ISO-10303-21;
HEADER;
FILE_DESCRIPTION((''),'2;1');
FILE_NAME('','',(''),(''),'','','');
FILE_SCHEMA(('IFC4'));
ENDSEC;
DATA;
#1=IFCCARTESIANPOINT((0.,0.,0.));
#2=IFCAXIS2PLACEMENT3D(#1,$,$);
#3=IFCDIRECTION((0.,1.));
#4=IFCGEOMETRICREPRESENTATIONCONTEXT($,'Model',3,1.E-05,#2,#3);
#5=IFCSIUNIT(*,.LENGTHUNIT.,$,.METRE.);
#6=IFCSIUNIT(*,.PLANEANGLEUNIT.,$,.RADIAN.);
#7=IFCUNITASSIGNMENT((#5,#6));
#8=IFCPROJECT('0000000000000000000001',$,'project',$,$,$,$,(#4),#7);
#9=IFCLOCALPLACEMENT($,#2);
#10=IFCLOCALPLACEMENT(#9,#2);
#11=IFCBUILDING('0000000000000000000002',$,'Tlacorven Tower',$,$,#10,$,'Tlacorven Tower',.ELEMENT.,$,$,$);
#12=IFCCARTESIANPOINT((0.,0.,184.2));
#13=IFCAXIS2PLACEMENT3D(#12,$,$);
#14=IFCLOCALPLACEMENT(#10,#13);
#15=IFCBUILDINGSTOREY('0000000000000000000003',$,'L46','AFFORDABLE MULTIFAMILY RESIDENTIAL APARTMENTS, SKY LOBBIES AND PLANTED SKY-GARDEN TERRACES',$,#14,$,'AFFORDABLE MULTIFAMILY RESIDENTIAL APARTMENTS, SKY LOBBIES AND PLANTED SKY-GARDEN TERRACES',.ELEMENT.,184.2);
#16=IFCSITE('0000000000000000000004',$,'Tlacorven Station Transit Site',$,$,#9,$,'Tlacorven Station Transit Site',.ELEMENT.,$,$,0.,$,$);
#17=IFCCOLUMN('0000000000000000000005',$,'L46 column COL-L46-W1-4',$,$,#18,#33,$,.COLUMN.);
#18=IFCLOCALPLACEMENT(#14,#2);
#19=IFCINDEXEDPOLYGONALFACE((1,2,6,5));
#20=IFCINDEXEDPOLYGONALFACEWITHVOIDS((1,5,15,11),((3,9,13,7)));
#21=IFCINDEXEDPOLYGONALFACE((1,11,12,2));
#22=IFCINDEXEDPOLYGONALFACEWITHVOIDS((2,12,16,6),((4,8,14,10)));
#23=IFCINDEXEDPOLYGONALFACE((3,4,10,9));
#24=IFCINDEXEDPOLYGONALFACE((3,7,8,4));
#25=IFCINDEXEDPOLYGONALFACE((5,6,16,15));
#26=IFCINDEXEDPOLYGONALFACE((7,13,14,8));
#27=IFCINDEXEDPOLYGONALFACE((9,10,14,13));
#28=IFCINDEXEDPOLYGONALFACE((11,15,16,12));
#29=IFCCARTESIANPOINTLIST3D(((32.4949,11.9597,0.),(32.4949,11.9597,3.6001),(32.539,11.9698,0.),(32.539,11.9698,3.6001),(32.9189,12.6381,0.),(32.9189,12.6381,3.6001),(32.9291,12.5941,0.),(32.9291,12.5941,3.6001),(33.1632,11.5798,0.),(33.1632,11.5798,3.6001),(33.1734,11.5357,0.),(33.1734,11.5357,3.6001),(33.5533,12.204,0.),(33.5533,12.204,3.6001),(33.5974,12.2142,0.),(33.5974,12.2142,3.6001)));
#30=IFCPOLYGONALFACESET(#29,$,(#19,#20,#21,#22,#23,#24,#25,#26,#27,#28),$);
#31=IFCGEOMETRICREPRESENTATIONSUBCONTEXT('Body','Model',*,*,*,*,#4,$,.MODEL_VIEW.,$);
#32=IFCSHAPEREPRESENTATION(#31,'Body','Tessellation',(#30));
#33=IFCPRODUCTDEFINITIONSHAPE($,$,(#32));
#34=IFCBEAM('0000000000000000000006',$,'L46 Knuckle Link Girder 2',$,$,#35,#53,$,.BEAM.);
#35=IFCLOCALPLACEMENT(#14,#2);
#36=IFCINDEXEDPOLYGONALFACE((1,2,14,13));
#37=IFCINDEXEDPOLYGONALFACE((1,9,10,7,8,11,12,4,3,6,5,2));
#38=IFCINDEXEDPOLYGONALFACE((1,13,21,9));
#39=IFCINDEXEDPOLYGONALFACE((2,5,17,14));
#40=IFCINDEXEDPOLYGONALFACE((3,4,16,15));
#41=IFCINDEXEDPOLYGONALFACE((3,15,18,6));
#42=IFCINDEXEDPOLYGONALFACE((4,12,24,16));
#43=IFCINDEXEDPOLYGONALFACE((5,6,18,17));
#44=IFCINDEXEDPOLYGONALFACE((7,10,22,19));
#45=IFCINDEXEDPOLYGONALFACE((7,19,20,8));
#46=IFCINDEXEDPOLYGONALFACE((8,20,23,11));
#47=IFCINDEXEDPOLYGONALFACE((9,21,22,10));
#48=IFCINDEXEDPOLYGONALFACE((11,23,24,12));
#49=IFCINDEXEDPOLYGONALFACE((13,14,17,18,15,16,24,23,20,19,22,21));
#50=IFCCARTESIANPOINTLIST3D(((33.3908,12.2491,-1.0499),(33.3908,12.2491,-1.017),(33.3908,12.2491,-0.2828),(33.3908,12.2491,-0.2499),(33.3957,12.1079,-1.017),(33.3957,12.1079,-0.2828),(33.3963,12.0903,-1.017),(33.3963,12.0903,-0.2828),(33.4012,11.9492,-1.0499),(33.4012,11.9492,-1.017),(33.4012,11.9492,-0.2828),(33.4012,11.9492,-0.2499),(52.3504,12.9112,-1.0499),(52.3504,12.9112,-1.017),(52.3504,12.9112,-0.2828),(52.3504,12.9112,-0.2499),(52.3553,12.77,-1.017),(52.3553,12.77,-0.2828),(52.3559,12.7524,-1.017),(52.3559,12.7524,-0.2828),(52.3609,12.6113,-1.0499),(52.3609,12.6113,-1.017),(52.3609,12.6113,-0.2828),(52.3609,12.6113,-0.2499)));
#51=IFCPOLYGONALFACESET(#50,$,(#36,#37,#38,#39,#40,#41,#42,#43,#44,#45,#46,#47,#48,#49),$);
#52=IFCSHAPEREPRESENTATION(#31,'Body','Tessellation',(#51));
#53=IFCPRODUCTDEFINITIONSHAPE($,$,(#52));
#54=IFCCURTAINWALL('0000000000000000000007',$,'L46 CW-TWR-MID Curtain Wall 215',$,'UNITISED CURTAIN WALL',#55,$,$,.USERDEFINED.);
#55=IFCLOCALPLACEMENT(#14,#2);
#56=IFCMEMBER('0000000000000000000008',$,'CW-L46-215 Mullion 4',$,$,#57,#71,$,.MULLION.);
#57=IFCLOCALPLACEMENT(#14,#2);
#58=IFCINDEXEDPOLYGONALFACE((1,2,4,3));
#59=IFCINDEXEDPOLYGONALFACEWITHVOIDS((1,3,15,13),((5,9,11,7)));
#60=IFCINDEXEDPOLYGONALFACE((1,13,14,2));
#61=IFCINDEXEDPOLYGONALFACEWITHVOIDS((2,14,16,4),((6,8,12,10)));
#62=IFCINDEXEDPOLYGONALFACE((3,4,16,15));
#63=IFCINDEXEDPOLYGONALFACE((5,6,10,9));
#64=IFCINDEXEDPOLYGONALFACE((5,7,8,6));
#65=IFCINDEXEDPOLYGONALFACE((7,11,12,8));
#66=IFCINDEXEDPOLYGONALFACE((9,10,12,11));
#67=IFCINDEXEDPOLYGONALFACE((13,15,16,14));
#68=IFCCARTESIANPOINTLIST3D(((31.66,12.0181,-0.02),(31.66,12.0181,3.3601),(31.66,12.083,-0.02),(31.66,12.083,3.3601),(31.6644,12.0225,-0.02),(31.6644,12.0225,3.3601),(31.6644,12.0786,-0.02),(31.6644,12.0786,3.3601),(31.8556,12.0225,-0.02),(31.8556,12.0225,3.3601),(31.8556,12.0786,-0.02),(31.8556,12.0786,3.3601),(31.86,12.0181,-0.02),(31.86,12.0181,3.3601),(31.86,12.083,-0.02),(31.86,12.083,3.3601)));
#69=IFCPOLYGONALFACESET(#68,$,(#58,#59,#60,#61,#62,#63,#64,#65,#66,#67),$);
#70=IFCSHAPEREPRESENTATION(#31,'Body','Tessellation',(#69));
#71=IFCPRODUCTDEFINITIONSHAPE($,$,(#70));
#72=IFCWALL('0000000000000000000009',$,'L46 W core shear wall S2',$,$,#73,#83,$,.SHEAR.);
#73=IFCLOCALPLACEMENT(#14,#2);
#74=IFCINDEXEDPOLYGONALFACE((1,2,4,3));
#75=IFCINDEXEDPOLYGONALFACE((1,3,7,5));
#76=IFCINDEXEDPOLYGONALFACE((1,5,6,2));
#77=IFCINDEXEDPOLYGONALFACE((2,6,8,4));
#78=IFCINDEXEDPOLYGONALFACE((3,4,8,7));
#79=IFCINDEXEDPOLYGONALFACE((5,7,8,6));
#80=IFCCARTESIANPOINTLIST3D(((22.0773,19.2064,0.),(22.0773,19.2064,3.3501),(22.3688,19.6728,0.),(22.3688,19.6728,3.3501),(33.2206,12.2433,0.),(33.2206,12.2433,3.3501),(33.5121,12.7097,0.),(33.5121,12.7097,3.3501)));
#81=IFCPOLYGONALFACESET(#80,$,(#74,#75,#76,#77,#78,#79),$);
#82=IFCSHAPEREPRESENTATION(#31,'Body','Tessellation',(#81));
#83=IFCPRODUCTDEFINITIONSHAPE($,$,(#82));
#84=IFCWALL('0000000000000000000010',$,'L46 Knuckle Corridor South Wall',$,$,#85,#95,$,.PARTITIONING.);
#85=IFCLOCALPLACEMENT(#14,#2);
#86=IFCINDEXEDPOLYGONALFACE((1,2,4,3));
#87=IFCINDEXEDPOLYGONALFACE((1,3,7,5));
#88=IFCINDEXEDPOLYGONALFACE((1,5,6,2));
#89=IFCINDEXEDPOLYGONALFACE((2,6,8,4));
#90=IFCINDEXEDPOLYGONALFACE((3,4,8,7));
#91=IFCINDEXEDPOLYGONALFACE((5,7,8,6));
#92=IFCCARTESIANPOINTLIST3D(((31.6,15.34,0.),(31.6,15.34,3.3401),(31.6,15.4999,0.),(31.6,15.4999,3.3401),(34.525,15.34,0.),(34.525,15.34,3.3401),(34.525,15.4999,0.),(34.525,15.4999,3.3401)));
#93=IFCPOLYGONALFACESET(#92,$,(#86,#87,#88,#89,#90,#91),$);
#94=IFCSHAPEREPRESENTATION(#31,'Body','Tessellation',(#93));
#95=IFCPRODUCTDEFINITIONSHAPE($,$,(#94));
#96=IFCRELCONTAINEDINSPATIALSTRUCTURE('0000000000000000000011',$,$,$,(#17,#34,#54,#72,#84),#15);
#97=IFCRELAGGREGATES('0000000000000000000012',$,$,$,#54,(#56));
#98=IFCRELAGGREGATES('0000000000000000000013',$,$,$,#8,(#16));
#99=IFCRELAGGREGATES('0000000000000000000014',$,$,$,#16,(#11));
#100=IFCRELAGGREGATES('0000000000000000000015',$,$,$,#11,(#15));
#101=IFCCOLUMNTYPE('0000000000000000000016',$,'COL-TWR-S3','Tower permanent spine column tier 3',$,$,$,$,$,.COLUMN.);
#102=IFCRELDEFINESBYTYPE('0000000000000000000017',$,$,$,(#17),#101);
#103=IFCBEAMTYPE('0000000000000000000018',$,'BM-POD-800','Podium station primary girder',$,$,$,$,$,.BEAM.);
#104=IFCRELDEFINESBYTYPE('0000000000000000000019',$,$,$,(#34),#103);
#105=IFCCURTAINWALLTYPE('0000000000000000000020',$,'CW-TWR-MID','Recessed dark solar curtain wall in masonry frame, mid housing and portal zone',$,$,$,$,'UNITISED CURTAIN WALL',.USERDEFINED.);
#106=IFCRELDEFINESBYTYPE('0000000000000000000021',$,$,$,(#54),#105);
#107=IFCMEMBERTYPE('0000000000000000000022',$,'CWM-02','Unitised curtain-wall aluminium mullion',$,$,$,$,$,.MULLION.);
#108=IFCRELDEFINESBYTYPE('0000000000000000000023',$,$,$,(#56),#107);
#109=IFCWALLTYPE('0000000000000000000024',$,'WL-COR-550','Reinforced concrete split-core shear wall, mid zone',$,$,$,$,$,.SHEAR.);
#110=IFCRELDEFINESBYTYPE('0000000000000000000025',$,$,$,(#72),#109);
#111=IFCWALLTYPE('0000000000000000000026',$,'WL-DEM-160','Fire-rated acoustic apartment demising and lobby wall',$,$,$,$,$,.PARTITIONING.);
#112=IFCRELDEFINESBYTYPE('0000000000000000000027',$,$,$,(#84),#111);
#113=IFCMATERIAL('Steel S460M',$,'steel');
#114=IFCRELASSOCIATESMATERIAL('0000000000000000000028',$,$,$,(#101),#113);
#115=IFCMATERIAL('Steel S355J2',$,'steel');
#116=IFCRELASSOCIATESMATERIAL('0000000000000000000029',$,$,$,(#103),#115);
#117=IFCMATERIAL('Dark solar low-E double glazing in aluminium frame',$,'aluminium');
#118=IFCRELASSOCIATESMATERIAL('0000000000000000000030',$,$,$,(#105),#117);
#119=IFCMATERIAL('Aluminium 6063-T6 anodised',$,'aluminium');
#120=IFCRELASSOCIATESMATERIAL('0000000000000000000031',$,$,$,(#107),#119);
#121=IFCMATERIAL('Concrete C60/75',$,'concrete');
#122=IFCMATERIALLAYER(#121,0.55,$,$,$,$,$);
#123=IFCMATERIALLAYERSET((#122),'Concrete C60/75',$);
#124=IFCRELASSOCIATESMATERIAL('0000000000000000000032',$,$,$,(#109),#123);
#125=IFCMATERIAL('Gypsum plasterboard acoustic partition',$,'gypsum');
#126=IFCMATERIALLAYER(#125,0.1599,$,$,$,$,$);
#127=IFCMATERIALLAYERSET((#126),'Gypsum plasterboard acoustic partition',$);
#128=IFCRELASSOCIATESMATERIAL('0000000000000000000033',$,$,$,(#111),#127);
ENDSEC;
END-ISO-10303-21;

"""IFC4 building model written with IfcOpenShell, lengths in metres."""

from ifc_helpers import new_model, si_unit, direction, frame, frame_2d, origin, origin_2d, place, context, subcontext, project, spatial, rectangle, hollow_rectangle, i_section, extrude, source, transform, mapped, material, layer, layer_set, material_profile, profile_set, type_object, element, aggregate, save


model = new_model("IFC4")

# Units and contexts
model_context = context("Model", 3, precision=1e-05, world=origin(), true_north=direction((0.0, 1.0)))
body_context = subcontext(model_context, "Body", "Model", "MODEL_VIEW")
ifc_project = project(units=[si_unit("LENGTHUNIT", "METRE"), si_unit("PLANEANGLEUNIT", "RADIAN")], contexts=[model_context])

# Site, building, storey
site_placement = place(None, origin())
site = spatial("IfcSite", under=ifc_project, at=site_placement, Name="Tlacorven Station Transit Site", LongName="Tlacorven Station Transit Site", CompositionType="ELEMENT", RefElevation=0.0)
building_placement = place(site_placement, origin())
building = spatial("IfcBuilding", under=site, at=building_placement, Name="Tlacorven Tower", LongName="Tlacorven Tower", CompositionType="ELEMENT")
storey_placement = place(building_placement, frame((0.0, 0.0, 184.2)))
storey = spatial("IfcBuildingStorey", under=building, at=storey_placement, Name="L46", Description="AFFORDABLE MULTIFAMILY RESIDENTIAL APARTMENTS, SKY LOBBIES AND PLANTED SKY-GARDEN TERRACES", LongName="AFFORDABLE MULTIFAMILY RESIDENTIAL APARTMENTS, SKY LOBBIES AND PLANTED SKY-GARDEN TERRACES", CompositionType="ELEMENT", Elevation=184.2)

# Column
ifc_material_1 = material(Name="Steel S460M", Category="steel")
ifc_material_profile_1 = material_profile(ifc_material_1, hollow_rectangle(XDim=0.8, YDim=0.8, WallThickness=0.032, at=origin_2d()), Name="BOX 800X800X32")
ifc_profile_set_1 = profile_set([ifc_material_profile_1], Name="Steel S460M")
column_type = type_object("IfcColumnType", Name="COL-TWR-S3", Description="Tower permanent spine column tier 3", PredefinedType="COLUMN", material=ifc_profile_set_1)
shared_shape_1 = source(origin(), body_context, "Body", "SweptSolid", [
    extrude(hollow_rectangle(XDim=0.8, YDim=0.8, WallThickness=0.032, at=origin_2d()), origin(), (0.0, 0.0, 1.0), 3.6001),
])
column_placement = place(storey_placement, frame((33.0461, 12.0869, 0.0), z_axis=(0.0, 0.0, 1.0), x_axis=(-0.848048, 0.529919, 0.0)))
element("IfcColumn", 1, at=column_placement, inside=storey, type_object=column_type, Name="L46 column COL-L46-W1-4", PredefinedType="COLUMN", context=body_context, shape_type="MappedRepresentation", body=[
    mapped(shared_shape_1, transform((0.0, 0.0, 0.0), scale=1.0)),
])

# Beam
ifc_material_2 = material(Name="Steel S355J2", Category="steel")
ifc_material_profile_2 = material_profile(ifc_material_2, i_section(OverallWidth=0.3, OverallDepth=0.8, WebThickness=0.0176, FlangeThickness=0.033, at=origin_2d()), Name="HEB 800")
ifc_profile_set_2 = profile_set([ifc_material_profile_2], Name="Steel S355J2")
beam_type = type_object("IfcBeamType", Name="BM-POD-800", Description="Podium station primary girder", PredefinedType="BEAM", material=ifc_profile_set_2)
shared_shape_2 = source(origin(), body_context, "Body", "SweptSolid", [
    extrude(i_section(OverallWidth=0.3, OverallDepth=0.8, WebThickness=0.0176, FlangeThickness=0.033, at=origin_2d()), origin(), (0.0, 0.0, 1.0), 18.9712),
])
beam_placement = place(storey_placement, frame((33.396, 12.0991, -0.6499), z_axis=(0.999391, 0.034901, 0.0), x_axis=(-0.034901, 0.999391, 0.0)))
element("IfcBeam", 2, at=beam_placement, inside=storey, type_object=beam_type, Name="L46 Knuckle Link Girder 2", PredefinedType="BEAM", context=body_context, shape_type="MappedRepresentation", body=[
    mapped(shared_shape_2, transform((0.0, 0.0, 0.0), scale=1.0)),
])

# Curtain wall, member
ifc_material_3 = material(Name="Dark solar low-E double glazing in aluminium frame", Category="aluminium")
curtain_wall_type = type_object("IfcCurtainWallType", Name="CW-TWR-MID", Description="Recessed dark solar curtain wall in masonry frame, mid housing and portal zone", ElementType="UNITISED CURTAIN WALL", PredefinedType="USERDEFINED", material=ifc_material_3)
curtain_wall_placement = place(storey_placement, origin())
curtain_wall = element("IfcCurtainWall", 3, at=curtain_wall_placement, inside=storey, type_object=curtain_wall_type, Name="L46 CW-TWR-MID Curtain Wall 215", ObjectType="UNITISED CURTAIN WALL", PredefinedType="USERDEFINED")
ifc_material_4 = material(Name="Aluminium 6063-T6 anodised", Category="aluminium")
ifc_material_profile_3 = material_profile(ifc_material_4, hollow_rectangle(XDim=0.0649, YDim=0.2, WallThickness=0.0044, at=origin_2d()), Name="ALU MULLION 65X200")
ifc_profile_set_3 = profile_set([ifc_material_profile_3], Name="Aluminium 6063-T6 anodised")
member_type = type_object("IfcMemberType", Name="CWM-02", Description="Unitised curtain-wall aluminium mullion", PredefinedType="MULLION", material=ifc_profile_set_3)
shared_shape_3 = source(origin(), body_context, "Body", "SweptSolid", [
    extrude(hollow_rectangle(XDim=0.0649, YDim=0.2, WallThickness=0.0044, at=origin_2d()), origin(), (0.0, 0.0, 1.0), 3.3801),
])
member_placement = place(storey_placement, frame((31.76, 12.0505, -0.02), z_axis=(0.0, 0.0, 1.0), x_axis=(0.0, 1.0, 0.0)))
member = element("IfcMember", 4, at=member_placement, type_object=member_type, Name="CW-L46-215 Mullion 4", PredefinedType="MULLION", context=body_context, shape_type="MappedRepresentation", body=[
    mapped(shared_shape_3, transform((0.0, 0.0, 0.0), scale=1.0)),
])
aggregate(curtain_wall, [member])

# Walls
ifc_material_5 = material(Name="Concrete C60/75", Category="concrete")
ifc_layer_1 = layer(ifc_material_5, 0.55)
ifc_layer_set_1 = layer_set([ifc_layer_1], Name="Concrete C60/75")
wall_type_1 = type_object("IfcWallType", Name="WL-COR-550", Description="Reinforced concrete split-core shear wall, mid zone", PredefinedType="SHEAR", material=ifc_layer_set_1)
wall_1_placement = place(storey_placement, frame((33.3662, 12.4766, 0.0), z_axis=(0.0, 0.0, 1.0), x_axis=(-0.848047, 0.52992, 0.0)))
element("IfcWall", 5, at=wall_1_placement, inside=storey, type_object=wall_type_1, Name="L46 W core shear wall S2", PredefinedType="SHEAR", context=body_context, shape_type="SweptSolid", body=[
    extrude(rectangle(XDim=13.1399, YDim=0.55, at=frame_2d((6.5698, 0.0))), origin(), (0.0, 0.0, 1.0), 3.3501),
])
ifc_material_6 = material(Name="Gypsum plasterboard acoustic partition", Category="gypsum")
ifc_layer_2 = layer(ifc_material_6, 0.1599)
ifc_layer_set_2 = layer_set([ifc_layer_2], Name="Gypsum plasterboard acoustic partition")
wall_type_2 = type_object("IfcWallType", Name="WL-DEM-160", Description="Fire-rated acoustic apartment demising and lobby wall", PredefinedType="PARTITIONING", material=ifc_layer_set_2)
wall_2_placement = place(storey_placement, frame((31.6001, 15.4199, 0.0), z_axis=(0.0, 0.0, 1.0), x_axis=(1.0, 0.0, 0.0)))
element("IfcWall", 6, at=wall_2_placement, inside=storey, type_object=wall_type_2, Name="L46 Knuckle Corridor South Wall", PredefinedType="PARTITIONING", context=body_context, shape_type="SweptSolid", body=[
    extrude(rectangle(XDim=2.925, YDim=0.1599, at=frame_2d((1.4624, 0.0))), origin(), (0.0, 0.0, 1.0), 3.3401),
])

save(model, "model.ifc")
